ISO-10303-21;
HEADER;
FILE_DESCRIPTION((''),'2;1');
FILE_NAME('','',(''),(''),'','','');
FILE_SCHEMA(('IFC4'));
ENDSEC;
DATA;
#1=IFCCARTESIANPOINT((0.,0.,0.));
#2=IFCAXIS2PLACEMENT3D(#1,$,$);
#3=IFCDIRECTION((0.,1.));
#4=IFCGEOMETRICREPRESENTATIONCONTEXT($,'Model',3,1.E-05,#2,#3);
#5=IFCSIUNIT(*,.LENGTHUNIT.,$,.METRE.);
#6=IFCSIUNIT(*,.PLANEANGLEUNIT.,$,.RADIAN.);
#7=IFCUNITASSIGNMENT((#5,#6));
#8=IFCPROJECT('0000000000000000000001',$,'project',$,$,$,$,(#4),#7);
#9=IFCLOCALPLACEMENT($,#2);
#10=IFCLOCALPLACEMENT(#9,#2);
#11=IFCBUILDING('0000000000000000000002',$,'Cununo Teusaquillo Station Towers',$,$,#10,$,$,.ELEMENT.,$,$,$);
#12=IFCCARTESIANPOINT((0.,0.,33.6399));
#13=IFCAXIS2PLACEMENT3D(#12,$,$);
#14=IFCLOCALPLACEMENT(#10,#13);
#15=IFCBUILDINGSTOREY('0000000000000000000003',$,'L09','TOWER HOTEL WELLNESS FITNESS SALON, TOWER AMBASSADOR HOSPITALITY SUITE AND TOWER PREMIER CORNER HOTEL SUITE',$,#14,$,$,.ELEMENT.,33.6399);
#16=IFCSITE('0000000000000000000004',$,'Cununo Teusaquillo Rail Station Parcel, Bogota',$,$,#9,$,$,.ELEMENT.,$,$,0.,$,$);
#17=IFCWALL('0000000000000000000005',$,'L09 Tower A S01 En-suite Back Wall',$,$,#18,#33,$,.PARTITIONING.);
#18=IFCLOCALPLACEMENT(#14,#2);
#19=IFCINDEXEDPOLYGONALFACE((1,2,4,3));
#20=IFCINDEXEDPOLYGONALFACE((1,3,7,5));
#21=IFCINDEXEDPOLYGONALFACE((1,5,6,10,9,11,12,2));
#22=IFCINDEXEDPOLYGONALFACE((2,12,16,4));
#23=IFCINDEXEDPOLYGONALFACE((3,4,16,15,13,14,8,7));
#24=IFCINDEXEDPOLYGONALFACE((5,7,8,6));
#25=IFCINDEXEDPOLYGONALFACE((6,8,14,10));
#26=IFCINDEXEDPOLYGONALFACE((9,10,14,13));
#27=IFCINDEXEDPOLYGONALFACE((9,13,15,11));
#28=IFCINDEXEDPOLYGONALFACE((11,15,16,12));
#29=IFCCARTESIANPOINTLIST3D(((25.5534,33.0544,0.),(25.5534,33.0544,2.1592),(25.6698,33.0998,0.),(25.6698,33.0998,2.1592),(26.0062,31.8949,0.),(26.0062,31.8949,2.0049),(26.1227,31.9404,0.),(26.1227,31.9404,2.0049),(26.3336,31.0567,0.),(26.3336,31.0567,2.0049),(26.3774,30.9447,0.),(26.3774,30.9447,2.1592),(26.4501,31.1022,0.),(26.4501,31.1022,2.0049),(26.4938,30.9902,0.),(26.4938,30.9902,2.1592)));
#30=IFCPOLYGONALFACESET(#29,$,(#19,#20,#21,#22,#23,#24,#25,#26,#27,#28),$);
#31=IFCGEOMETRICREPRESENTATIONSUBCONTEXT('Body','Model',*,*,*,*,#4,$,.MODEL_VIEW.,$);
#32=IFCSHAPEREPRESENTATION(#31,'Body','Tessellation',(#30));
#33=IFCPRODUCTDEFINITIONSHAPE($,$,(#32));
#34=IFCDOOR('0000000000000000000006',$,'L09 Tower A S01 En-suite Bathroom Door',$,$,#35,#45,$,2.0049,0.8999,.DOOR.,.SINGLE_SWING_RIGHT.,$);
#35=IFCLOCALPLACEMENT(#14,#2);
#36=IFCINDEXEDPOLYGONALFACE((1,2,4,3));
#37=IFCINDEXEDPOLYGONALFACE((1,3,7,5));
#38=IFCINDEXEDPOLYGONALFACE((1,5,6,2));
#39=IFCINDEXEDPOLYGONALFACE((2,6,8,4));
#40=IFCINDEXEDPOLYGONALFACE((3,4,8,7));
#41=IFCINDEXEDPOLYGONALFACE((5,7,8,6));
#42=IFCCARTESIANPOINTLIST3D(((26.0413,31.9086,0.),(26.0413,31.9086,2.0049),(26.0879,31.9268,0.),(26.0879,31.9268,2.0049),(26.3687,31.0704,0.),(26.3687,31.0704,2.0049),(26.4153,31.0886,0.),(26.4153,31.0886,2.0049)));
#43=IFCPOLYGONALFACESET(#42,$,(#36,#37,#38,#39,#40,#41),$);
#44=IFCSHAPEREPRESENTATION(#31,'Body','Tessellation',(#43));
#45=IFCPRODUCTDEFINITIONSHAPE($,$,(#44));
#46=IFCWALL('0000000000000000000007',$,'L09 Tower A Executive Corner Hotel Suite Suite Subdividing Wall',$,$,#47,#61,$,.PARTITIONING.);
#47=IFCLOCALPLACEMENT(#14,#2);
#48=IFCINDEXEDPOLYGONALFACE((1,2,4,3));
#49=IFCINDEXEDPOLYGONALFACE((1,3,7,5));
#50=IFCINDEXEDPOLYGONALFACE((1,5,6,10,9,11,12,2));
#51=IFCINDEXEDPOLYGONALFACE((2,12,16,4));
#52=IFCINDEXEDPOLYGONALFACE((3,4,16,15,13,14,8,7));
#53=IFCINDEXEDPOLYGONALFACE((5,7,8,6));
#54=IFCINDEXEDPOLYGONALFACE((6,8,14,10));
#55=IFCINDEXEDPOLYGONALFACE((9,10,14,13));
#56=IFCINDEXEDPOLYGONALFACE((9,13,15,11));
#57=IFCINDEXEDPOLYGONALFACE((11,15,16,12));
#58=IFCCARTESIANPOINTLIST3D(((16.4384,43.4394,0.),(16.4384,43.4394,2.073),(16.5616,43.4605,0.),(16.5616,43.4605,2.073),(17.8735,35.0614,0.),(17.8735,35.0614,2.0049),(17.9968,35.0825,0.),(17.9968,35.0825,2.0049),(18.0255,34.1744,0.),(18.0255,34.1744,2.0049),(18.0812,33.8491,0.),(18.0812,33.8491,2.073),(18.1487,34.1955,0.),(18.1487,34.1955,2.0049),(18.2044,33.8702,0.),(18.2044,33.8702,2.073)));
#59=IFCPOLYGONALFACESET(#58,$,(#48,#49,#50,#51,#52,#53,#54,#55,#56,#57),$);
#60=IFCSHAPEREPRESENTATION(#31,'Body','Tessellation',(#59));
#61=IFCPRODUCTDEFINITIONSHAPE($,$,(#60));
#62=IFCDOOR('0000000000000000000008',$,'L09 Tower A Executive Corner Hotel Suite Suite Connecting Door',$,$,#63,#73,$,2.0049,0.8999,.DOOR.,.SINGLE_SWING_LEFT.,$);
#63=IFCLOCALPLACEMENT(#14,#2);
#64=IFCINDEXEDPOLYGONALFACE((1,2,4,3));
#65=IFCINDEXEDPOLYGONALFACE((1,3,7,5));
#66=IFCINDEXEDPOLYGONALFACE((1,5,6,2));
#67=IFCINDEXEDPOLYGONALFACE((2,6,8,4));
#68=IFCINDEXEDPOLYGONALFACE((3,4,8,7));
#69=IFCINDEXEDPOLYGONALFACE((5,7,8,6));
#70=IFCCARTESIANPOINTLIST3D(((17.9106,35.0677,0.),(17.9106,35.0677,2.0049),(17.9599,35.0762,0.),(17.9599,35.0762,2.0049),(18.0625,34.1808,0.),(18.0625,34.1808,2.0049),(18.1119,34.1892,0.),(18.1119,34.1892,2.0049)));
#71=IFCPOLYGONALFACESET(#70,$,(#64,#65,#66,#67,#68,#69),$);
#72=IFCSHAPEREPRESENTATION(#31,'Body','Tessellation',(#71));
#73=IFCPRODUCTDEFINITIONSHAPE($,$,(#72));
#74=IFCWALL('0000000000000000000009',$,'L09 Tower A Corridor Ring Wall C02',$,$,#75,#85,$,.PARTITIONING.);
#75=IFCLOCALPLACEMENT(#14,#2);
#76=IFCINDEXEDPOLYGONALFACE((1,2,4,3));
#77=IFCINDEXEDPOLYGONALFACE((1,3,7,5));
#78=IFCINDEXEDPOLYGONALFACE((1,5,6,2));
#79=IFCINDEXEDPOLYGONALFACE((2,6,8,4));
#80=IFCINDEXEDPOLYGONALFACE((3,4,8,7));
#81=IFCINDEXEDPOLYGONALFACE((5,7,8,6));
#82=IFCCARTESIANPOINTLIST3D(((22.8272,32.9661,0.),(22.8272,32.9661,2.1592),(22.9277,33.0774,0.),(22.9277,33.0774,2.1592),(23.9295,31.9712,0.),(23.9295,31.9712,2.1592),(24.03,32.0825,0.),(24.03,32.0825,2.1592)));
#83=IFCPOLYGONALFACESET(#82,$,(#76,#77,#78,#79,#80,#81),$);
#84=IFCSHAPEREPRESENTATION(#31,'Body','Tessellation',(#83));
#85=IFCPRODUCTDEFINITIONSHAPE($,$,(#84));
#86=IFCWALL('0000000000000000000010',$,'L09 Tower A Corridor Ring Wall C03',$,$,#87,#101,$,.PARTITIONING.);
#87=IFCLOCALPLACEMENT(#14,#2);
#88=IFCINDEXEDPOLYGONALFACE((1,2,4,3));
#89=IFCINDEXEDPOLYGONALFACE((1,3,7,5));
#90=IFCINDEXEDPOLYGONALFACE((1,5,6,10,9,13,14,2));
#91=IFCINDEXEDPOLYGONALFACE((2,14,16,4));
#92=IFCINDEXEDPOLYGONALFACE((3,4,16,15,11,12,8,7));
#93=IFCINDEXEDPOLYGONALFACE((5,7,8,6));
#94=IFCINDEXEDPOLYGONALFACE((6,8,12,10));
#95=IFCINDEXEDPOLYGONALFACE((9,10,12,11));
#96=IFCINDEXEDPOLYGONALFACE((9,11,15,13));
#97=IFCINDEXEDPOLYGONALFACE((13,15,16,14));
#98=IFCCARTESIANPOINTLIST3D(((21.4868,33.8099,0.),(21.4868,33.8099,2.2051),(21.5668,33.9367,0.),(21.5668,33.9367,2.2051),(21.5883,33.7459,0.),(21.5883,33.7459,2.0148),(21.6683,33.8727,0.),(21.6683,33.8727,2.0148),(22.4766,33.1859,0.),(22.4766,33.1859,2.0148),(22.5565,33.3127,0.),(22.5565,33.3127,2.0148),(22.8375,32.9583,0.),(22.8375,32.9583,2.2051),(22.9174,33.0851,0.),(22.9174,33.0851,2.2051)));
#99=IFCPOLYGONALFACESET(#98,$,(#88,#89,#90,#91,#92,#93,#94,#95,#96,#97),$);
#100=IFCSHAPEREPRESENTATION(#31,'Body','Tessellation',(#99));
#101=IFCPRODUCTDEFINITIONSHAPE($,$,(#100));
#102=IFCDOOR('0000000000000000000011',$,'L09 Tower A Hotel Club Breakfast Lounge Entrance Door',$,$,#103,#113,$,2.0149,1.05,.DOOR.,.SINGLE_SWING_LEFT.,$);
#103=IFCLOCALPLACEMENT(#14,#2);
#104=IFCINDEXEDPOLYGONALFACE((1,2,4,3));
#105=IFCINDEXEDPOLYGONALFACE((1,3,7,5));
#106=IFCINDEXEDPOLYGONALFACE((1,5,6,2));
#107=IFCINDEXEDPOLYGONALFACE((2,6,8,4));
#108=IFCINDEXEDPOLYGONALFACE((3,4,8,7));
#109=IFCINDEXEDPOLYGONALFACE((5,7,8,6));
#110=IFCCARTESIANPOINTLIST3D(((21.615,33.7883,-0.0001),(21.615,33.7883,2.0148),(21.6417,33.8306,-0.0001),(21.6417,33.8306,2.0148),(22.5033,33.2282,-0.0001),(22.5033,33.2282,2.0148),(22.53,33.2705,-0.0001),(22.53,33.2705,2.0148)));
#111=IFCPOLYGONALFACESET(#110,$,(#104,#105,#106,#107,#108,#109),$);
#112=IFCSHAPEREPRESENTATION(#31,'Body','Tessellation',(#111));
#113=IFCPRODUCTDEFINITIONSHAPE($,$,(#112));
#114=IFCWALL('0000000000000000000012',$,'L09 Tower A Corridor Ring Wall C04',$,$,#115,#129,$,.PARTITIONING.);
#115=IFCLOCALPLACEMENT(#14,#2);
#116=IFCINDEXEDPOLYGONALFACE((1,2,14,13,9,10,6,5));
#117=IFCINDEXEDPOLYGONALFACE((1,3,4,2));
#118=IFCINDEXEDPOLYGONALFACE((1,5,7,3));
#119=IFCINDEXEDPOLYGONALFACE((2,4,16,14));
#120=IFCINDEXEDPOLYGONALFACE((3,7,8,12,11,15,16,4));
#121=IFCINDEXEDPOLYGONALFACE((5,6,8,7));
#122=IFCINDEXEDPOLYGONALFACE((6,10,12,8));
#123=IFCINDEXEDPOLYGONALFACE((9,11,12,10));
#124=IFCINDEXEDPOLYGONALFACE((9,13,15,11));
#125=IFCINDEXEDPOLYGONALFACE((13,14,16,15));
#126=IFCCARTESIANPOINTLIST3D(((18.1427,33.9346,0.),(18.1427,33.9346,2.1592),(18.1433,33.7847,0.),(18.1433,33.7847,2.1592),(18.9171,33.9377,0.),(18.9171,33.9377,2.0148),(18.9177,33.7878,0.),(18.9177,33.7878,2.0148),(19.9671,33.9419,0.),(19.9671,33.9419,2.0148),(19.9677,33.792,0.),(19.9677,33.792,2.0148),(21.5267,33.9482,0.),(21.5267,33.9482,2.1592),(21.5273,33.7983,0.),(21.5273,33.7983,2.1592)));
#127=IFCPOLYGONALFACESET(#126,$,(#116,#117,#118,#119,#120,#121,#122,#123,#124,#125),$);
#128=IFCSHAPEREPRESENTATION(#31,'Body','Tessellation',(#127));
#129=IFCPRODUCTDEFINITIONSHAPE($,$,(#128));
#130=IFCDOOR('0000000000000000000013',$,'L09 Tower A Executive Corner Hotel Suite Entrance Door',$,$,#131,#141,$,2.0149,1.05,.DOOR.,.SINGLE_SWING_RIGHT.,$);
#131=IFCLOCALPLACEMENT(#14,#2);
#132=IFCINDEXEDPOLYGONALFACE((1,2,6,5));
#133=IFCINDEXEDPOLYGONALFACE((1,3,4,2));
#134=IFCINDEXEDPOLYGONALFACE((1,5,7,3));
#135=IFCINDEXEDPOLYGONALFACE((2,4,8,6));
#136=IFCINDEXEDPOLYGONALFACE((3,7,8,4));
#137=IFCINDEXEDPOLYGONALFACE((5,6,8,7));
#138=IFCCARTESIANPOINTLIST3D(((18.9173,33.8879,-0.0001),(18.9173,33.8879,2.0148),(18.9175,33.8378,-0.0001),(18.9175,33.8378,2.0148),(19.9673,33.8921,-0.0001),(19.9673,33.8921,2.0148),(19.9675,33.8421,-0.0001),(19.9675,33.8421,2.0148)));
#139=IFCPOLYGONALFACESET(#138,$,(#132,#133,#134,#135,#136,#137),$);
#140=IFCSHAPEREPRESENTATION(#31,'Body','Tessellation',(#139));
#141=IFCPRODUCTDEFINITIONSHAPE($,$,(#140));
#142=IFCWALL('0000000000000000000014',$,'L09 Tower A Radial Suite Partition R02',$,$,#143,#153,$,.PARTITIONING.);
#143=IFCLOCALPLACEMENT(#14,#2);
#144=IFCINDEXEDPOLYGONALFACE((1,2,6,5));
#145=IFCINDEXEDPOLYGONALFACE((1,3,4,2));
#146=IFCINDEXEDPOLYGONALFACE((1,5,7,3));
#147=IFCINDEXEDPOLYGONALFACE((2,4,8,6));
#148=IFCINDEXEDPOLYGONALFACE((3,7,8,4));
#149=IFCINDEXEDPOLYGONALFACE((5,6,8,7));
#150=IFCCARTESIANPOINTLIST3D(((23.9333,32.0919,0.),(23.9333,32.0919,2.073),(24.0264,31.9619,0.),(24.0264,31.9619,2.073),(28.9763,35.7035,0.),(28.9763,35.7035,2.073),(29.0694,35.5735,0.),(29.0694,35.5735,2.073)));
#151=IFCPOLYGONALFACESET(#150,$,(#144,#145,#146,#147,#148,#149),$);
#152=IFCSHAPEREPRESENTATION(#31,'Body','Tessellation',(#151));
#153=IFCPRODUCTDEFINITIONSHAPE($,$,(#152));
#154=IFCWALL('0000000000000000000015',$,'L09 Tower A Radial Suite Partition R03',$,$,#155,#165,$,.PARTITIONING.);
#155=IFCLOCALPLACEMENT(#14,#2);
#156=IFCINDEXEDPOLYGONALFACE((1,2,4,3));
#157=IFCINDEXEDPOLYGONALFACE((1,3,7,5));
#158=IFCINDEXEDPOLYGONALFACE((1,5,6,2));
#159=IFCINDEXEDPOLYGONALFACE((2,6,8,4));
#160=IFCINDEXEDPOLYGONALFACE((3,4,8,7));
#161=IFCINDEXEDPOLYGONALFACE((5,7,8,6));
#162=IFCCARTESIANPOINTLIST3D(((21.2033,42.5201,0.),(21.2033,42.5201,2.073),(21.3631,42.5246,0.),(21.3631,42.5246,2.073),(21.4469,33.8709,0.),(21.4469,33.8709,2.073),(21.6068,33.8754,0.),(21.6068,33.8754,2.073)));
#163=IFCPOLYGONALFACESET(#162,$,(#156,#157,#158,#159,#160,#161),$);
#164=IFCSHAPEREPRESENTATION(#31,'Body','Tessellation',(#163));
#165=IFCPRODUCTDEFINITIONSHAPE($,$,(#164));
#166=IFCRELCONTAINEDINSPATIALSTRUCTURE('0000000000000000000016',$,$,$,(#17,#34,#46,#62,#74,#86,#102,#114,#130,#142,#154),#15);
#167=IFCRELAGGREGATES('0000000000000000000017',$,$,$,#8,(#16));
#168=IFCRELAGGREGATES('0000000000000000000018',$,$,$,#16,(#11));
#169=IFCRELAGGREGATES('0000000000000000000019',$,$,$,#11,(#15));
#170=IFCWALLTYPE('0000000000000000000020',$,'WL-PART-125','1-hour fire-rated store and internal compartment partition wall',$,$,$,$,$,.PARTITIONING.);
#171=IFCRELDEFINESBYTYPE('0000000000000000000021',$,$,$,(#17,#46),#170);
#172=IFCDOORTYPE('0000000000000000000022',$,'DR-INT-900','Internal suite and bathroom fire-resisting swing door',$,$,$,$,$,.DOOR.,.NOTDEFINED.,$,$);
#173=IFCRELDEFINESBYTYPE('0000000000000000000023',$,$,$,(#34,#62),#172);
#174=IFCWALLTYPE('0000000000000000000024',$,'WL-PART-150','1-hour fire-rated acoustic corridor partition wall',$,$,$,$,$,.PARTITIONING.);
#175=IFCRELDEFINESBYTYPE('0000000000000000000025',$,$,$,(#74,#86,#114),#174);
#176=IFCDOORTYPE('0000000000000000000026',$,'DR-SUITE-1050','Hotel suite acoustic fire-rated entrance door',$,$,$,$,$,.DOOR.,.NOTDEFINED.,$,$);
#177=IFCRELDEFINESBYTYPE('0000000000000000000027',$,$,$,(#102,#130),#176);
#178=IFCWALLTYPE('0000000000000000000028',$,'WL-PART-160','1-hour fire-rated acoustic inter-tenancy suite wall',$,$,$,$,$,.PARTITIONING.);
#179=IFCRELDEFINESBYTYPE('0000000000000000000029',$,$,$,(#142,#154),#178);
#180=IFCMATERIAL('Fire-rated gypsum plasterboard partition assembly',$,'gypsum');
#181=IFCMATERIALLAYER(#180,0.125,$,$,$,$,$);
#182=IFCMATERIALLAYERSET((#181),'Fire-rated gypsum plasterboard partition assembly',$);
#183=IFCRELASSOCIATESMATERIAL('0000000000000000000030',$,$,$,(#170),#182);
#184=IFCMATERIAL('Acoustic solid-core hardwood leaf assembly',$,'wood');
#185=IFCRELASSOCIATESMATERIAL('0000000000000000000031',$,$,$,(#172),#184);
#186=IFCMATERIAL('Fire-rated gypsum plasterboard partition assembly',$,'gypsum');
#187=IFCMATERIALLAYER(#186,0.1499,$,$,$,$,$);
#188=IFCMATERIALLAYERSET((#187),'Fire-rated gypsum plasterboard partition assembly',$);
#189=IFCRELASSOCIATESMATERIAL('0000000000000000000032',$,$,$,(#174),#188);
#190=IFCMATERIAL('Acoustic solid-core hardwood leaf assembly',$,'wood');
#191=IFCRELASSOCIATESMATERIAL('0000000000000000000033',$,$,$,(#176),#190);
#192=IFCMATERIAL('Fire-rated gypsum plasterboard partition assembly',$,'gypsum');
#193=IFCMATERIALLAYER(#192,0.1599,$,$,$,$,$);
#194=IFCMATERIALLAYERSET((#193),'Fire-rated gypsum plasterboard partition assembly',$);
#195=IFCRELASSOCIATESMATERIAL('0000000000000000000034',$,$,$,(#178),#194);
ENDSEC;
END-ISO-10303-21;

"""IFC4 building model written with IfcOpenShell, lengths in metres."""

from ifc_helpers import new_model, si_unit, direction, frame, frame_2d, origin, place, context, subcontext, project, spatial, rectangle, extrude, source, transform, mapped, material, layer, layer_set, type_object, element, fill, save


model = new_model("IFC4")

# Units and contexts
model_context = context("Model", 3, precision=1e-05, world=origin(), true_north=direction((0.0, 1.0)))
body_context = subcontext(model_context, "Body", "Model", "MODEL_VIEW")
ifc_project = project(units=[si_unit("LENGTHUNIT", "METRE"), si_unit("PLANEANGLEUNIT", "RADIAN")], contexts=[model_context])

# Site, building, storey
site_placement = place(None, origin())
site = spatial("IfcSite", under=ifc_project, at=site_placement, Name="Cununo Teusaquillo Rail Station Parcel, Bogota", CompositionType="ELEMENT", RefElevation=0.0)
building_placement = place(site_placement, origin())
building = spatial("IfcBuilding", under=site, at=building_placement, Name="Cununo Teusaquillo Station Towers", CompositionType="ELEMENT")
storey_placement = place(building_placement, frame((0.0, 0.0, 33.6399)))
storey = spatial("IfcBuildingStorey", under=building, at=storey_placement, Name="L09", Description="TOWER HOTEL WELLNESS FITNESS SALON, TOWER AMBASSADOR HOSPITALITY SUITE AND TOWER PREMIER CORNER HOTEL SUITE", CompositionType="ELEMENT", Elevation=33.6399)

# Shared definitions
ifc_material_1 = material(Name="Fire-rated gypsum plasterboard partition assembly", Category="gypsum")
ifc_layer_1 = layer(ifc_material_1, 0.125)
ifc_layer_set_1 = layer_set([ifc_layer_1], Name="Fire-rated gypsum plasterboard partition assembly")
wall_type_1 = type_object("IfcWallType", Name="WL-PART-125", Description="1-hour fire-rated store and internal compartment partition wall", PredefinedType="PARTITIONING", material=ifc_layer_set_1)

# Walls, openings, doors
wall_1_placement = place(storey_placement, frame((26.4355, 30.9675, 0.0), z_axis=(0.0, 0.0, 1.0), x_axis=(-0.363814, 0.931472, 0.0)))
wall_1 = element("IfcWall", 1, at=wall_1_placement, inside=storey, type_object=wall_type_1, Name="L09 Tower A S01 En-suite Back Wall", PredefinedType="PARTITIONING", context=body_context, shape_type="SweptSolid", body=[
    extrude(rectangle(XDim=2.2649, YDim=0.125, at=frame_2d((1.1323, 0.0))), origin(), (0.0, 0.0, 1.0), 2.1592),
])
shared_shape_1 = source(origin(), body_context, "Body", "SweptSolid", [
    extrude(rectangle(XDim=0.8999, YDim=2.0049, at=frame_2d((0.45, 1.0024))), frame((0.0, 0.0725, 0.0), z_axis=(0.0, -1.0, 0.0), x_axis=(1.0, 0.0, 0.0)), (0.0, 0.0, 1.0), 0.145),
])
opening_1_placement = place(wall_1_placement, frame((0.1201, 0.0, 0.0)))
opening_1 = element("IfcOpeningElement", 2, at=opening_1_placement, cuts=wall_1, PredefinedType="OPENING", context=body_context, shape_type="MappedRepresentation", body=[
    mapped(shared_shape_1, transform((0.0, 0.0, 0.0), x_axis=(1.0, 0.0, 0.0), y_axis=(0.0, 1.0, 0.0), z_axis=(0.0, 0.0, 1.0), scale=1.0)),
])
ifc_material_2 = material(Name="Acoustic solid-core hardwood leaf assembly", Category="wood")
door_type_1 = type_object("IfcDoorType", Name="DR-INT-900", Description="Internal suite and bathroom fire-resisting swing door", OperationType="NOTDEFINED", PredefinedType="DOOR", material=ifc_material_2)
shared_shape_2 = source(origin(), body_context, "Body", "SweptSolid", [
    extrude(rectangle(XDim=0.8999, YDim=2.0049, at=frame_2d((0.45, 1.0024))), frame((0.0, 0.0249, 0.0), z_axis=(0.0, -1.0, 0.0), x_axis=(1.0, 0.0, 0.0)), (0.0, 0.0, 1.0), 0.05),
])
door_1_placement = place(opening_1_placement, origin())
door_1 = element("IfcDoor", 3, at=door_1_placement, inside=storey, type_object=door_type_1, Name="L09 Tower A S01 En-suite Bathroom Door", OperationType="SINGLE_SWING_RIGHT", OverallHeight=2.0049, OverallWidth=0.8999, PredefinedType="DOOR", context=body_context, shape_type="MappedRepresentation", body=[
    mapped(shared_shape_2, transform((0.0, 0.0, 0.0), x_axis=(1.0, 0.0, 0.0), y_axis=(0.0, 1.0, 0.0), z_axis=(0.0, 0.0, 1.0), scale=1.0)),
])
fill(opening_1, door_1)
wall_2_placement = place(storey_placement, frame((18.1428, 33.8596, 0.0), z_axis=(0.0, 0.0, 1.0), x_axis=(-0.168841, 0.985643, 0.0)))
wall_2 = element("IfcWall", 4, at=wall_2_placement, inside=storey, type_object=wall_type_1, Name="L09 Tower A Executive Corner Hotel Suite Suite Subdividing Wall", PredefinedType="PARTITIONING", context=body_context, shape_type="SweptSolid", body=[
    extrude(rectangle(XDim=9.73, YDim=0.125, at=frame_2d((4.865, 0.0))), origin(), (0.0, 0.0, 1.0), 2.073),
])
opening_2_placement = place(wall_2_placement, frame((0.3301, 0.0, 0.0)))
opening_2 = element("IfcOpeningElement", 5, at=opening_2_placement, cuts=wall_2, PredefinedType="OPENING", context=body_context, shape_type="MappedRepresentation", body=[
    mapped(shared_shape_1, transform((0.0, 0.0, 0.0), x_axis=(1.0, 0.0, 0.0), y_axis=(0.0, 1.0, 0.0), z_axis=(0.0, 0.0, 1.0), scale=1.0)),
])
door_2_placement = place(opening_2_placement, origin())
door_2 = element("IfcDoor", 6, at=door_2_placement, inside=storey, type_object=door_type_1, Name="L09 Tower A Executive Corner Hotel Suite Suite Connecting Door", OperationType="SINGLE_SWING_LEFT", OverallHeight=2.0049, OverallWidth=0.8999, PredefinedType="DOOR", context=body_context, shape_type="MappedRepresentation", body=[
    mapped(shared_shape_2, transform((0.0, 0.0, 0.0), x_axis=(1.0, 0.0, 0.0), y_axis=(0.0, 1.0, 0.0), z_axis=(0.0, 0.0, 1.0), scale=1.0)),
])
fill(opening_2, door_2)

# Wall
ifc_material_3 = material(Name="Fire-rated gypsum plasterboard partition assembly", Category="gypsum")
ifc_layer_2 = layer(ifc_material_3, 0.1499)
ifc_layer_set_2 = layer_set([ifc_layer_2], Name="Fire-rated gypsum plasterboard partition assembly")
wall_type_2 = type_object("IfcWallType", Name="WL-PART-150", Description="1-hour fire-rated acoustic corridor partition wall", PredefinedType="PARTITIONING", material=ifc_layer_set_2)
wall_3_placement = place(storey_placement, frame((23.9797, 32.0269, 0.0), z_axis=(0.0, 0.0, 1.0), x_axis=(-0.742353, 0.670009, 0.0)))
element("IfcWall", 7, at=wall_3_placement, inside=storey, type_object=wall_type_2, Name="L09 Tower A Corridor Ring Wall C02", PredefinedType="PARTITIONING", context=body_context, shape_type="SweptSolid", body=[
    extrude(rectangle(XDim=1.4849, YDim=0.1499, at=frame_2d((0.7424, 0.0))), origin(), (0.0, 0.0, 1.0), 2.1592),
])

# Walls, openings, doors
wall_4_placement = place(storey_placement, frame((22.8774, 33.0217, 0.0), z_axis=(0.0, 0.0, 1.0), x_axis=(-0.845896, 0.533348, 0.0)))
wall_4 = element("IfcWall", 8, at=wall_4_placement, inside=storey, type_object=wall_type_2, Name="L09 Tower A Corridor Ring Wall C03", PredefinedType="PARTITIONING", context=body_context, shape_type="SweptSolid", body=[
    extrude(rectangle(XDim=1.5967, YDim=0.1499, at=frame_2d((0.7983, 0.0))), origin(), (0.0, 0.0, 1.0), 2.2051),
])
shared_shape_3 = source(origin(), body_context, "Body", "SweptSolid", [
    extrude(rectangle(XDim=1.05, YDim=2.0149, at=frame_2d((0.5249, 1.0073))), frame((0.0, 0.085, 0.0), z_axis=(0.0, -1.0, 0.0), x_axis=(1.0, 0.0, 0.0)), (0.0, 0.0, 1.0), 0.1699),
])
opening_3_placement = place(wall_4_placement, frame((0.4268, 0.0, 0.0)))
opening_3 = element("IfcOpeningElement", 9, at=opening_3_placement, cuts=wall_4, PredefinedType="OPENING", context=body_context, shape_type="MappedRepresentation", body=[
    mapped(shared_shape_3, transform((0.0, 0.0, 0.0), x_axis=(1.0, 0.0, 0.0), y_axis=(0.0, 1.0, 0.0), z_axis=(0.0, 0.0, 1.0), scale=1.0)),
])
ifc_material_4 = material(Name="Acoustic solid-core hardwood leaf assembly", Category="wood")
door_type_2 = type_object("IfcDoorType", Name="DR-SUITE-1050", Description="Hotel suite acoustic fire-rated entrance door", OperationType="NOTDEFINED", PredefinedType="DOOR", material=ifc_material_4)
shared_shape_4 = source(origin(), body_context, "Body", "SweptSolid", [
    extrude(rectangle(XDim=1.05, YDim=2.0149, at=frame_2d((0.5249, 1.0073))), frame((0.0, 0.0249, 0.0), z_axis=(0.0, -1.0, 0.0), x_axis=(1.0, 0.0, 0.0)), (0.0, 0.0, 1.0), 0.05),
])
door_3_placement = place(opening_3_placement, origin())
door_3 = element("IfcDoor", 10, at=door_3_placement, inside=storey, type_object=door_type_2, Name="L09 Tower A Hotel Club Breakfast Lounge Entrance Door", OperationType="SINGLE_SWING_LEFT", OverallHeight=2.0149, OverallWidth=1.05, PredefinedType="DOOR", context=body_context, shape_type="MappedRepresentation", body=[
    mapped(shared_shape_4, transform((0.0, 0.0, 0.0), x_axis=(1.0, 0.0, 0.0), y_axis=(0.0, 1.0, 0.0), z_axis=(0.0, 0.0, 1.0), scale=1.0)),
])
fill(opening_3, door_3)
wall_5_placement = place(storey_placement, frame((21.5269, 33.8733, 0.0), z_axis=(0.0, 0.0, 1.0), x_axis=(-0.999992, -0.00404, 0.0)))
wall_5 = element("IfcWall", 11, at=wall_5_placement, inside=storey, type_object=wall_type_2, Name="L09 Tower A Corridor Ring Wall C04", PredefinedType="PARTITIONING", context=body_context, shape_type="SweptSolid", body=[
    extrude(rectangle(XDim=3.384, YDim=0.1499, at=frame_2d((1.6919, 0.0))), origin(), (0.0, 0.0, 1.0), 2.1592),
])
opening_4_placement = place(wall_5_placement, frame((1.5596, 0.0, 0.0)))
opening_4 = element("IfcOpeningElement", 12, at=opening_4_placement, cuts=wall_5, PredefinedType="OPENING", context=body_context, shape_type="MappedRepresentation", body=[
    mapped(shared_shape_3, transform((0.0, 0.0, 0.0), x_axis=(1.0, 0.0, 0.0), y_axis=(0.0, 1.0, 0.0), z_axis=(0.0, 0.0, 1.0), scale=1.0)),
])
door_4_placement = place(opening_4_placement, origin())
door_4 = element("IfcDoor", 13, at=door_4_placement, inside=storey, type_object=door_type_2, Name="L09 Tower A Executive Corner Hotel Suite Entrance Door", OperationType="SINGLE_SWING_RIGHT", OverallHeight=2.0149, OverallWidth=1.05, PredefinedType="DOOR", context=body_context, shape_type="MappedRepresentation", body=[
    mapped(shared_shape_4, transform((0.0, 0.0, 0.0), x_axis=(1.0, 0.0, 0.0), y_axis=(0.0, 1.0, 0.0), z_axis=(0.0, 0.0, 1.0), scale=1.0)),
])
fill(opening_4, door_4)

# Walls
ifc_material_5 = material(Name="Fire-rated gypsum plasterboard partition assembly", Category="gypsum")
ifc_layer_3 = layer(ifc_material_5, 0.1599)
ifc_layer_set_3 = layer_set([ifc_layer_3], Name="Fire-rated gypsum plasterboard partition assembly")
wall_type_3 = type_object("IfcWallType", Name="WL-PART-160", Description="1-hour fire-rated acoustic inter-tenancy suite wall", PredefinedType="PARTITIONING", material=ifc_layer_set_3)
wall_6_placement = place(storey_placement, frame((23.9797, 32.0269, 0.0), z_axis=(0.0, 0.0, 1.0), x_axis=(0.813012, 0.582247, 0.0)))
element("IfcWall", 14, at=wall_6_placement, inside=storey, type_object=wall_type_3, Name="L09 Tower A Radial Suite Partition R02", PredefinedType="PARTITIONING", context=body_context, shape_type="SweptSolid", body=[
    extrude(rectangle(XDim=6.2029, YDim=0.1599, at=frame_2d((3.1016, 0.0))), origin(), (0.0, 0.0, 1.0), 2.073),
])
wall_7_placement = place(storey_placement, frame((21.5269, 33.8733, 0.0), z_axis=(0.0, 0.0, 1.0), x_axis=(-0.028159, 0.999603, 0.0)))
element("IfcWall", 15, at=wall_7_placement, inside=storey, type_object=wall_type_3, Name="L09 Tower A Radial Suite Partition R03", PredefinedType="PARTITIONING", context=body_context, shape_type="SweptSolid", body=[
    extrude(rectangle(XDim=8.6526, YDim=0.1599, at=frame_2d((4.3262, 0.0))), origin(), (0.0, 0.0, 1.0), 2.073),
])

save(model, "model.ifc")
